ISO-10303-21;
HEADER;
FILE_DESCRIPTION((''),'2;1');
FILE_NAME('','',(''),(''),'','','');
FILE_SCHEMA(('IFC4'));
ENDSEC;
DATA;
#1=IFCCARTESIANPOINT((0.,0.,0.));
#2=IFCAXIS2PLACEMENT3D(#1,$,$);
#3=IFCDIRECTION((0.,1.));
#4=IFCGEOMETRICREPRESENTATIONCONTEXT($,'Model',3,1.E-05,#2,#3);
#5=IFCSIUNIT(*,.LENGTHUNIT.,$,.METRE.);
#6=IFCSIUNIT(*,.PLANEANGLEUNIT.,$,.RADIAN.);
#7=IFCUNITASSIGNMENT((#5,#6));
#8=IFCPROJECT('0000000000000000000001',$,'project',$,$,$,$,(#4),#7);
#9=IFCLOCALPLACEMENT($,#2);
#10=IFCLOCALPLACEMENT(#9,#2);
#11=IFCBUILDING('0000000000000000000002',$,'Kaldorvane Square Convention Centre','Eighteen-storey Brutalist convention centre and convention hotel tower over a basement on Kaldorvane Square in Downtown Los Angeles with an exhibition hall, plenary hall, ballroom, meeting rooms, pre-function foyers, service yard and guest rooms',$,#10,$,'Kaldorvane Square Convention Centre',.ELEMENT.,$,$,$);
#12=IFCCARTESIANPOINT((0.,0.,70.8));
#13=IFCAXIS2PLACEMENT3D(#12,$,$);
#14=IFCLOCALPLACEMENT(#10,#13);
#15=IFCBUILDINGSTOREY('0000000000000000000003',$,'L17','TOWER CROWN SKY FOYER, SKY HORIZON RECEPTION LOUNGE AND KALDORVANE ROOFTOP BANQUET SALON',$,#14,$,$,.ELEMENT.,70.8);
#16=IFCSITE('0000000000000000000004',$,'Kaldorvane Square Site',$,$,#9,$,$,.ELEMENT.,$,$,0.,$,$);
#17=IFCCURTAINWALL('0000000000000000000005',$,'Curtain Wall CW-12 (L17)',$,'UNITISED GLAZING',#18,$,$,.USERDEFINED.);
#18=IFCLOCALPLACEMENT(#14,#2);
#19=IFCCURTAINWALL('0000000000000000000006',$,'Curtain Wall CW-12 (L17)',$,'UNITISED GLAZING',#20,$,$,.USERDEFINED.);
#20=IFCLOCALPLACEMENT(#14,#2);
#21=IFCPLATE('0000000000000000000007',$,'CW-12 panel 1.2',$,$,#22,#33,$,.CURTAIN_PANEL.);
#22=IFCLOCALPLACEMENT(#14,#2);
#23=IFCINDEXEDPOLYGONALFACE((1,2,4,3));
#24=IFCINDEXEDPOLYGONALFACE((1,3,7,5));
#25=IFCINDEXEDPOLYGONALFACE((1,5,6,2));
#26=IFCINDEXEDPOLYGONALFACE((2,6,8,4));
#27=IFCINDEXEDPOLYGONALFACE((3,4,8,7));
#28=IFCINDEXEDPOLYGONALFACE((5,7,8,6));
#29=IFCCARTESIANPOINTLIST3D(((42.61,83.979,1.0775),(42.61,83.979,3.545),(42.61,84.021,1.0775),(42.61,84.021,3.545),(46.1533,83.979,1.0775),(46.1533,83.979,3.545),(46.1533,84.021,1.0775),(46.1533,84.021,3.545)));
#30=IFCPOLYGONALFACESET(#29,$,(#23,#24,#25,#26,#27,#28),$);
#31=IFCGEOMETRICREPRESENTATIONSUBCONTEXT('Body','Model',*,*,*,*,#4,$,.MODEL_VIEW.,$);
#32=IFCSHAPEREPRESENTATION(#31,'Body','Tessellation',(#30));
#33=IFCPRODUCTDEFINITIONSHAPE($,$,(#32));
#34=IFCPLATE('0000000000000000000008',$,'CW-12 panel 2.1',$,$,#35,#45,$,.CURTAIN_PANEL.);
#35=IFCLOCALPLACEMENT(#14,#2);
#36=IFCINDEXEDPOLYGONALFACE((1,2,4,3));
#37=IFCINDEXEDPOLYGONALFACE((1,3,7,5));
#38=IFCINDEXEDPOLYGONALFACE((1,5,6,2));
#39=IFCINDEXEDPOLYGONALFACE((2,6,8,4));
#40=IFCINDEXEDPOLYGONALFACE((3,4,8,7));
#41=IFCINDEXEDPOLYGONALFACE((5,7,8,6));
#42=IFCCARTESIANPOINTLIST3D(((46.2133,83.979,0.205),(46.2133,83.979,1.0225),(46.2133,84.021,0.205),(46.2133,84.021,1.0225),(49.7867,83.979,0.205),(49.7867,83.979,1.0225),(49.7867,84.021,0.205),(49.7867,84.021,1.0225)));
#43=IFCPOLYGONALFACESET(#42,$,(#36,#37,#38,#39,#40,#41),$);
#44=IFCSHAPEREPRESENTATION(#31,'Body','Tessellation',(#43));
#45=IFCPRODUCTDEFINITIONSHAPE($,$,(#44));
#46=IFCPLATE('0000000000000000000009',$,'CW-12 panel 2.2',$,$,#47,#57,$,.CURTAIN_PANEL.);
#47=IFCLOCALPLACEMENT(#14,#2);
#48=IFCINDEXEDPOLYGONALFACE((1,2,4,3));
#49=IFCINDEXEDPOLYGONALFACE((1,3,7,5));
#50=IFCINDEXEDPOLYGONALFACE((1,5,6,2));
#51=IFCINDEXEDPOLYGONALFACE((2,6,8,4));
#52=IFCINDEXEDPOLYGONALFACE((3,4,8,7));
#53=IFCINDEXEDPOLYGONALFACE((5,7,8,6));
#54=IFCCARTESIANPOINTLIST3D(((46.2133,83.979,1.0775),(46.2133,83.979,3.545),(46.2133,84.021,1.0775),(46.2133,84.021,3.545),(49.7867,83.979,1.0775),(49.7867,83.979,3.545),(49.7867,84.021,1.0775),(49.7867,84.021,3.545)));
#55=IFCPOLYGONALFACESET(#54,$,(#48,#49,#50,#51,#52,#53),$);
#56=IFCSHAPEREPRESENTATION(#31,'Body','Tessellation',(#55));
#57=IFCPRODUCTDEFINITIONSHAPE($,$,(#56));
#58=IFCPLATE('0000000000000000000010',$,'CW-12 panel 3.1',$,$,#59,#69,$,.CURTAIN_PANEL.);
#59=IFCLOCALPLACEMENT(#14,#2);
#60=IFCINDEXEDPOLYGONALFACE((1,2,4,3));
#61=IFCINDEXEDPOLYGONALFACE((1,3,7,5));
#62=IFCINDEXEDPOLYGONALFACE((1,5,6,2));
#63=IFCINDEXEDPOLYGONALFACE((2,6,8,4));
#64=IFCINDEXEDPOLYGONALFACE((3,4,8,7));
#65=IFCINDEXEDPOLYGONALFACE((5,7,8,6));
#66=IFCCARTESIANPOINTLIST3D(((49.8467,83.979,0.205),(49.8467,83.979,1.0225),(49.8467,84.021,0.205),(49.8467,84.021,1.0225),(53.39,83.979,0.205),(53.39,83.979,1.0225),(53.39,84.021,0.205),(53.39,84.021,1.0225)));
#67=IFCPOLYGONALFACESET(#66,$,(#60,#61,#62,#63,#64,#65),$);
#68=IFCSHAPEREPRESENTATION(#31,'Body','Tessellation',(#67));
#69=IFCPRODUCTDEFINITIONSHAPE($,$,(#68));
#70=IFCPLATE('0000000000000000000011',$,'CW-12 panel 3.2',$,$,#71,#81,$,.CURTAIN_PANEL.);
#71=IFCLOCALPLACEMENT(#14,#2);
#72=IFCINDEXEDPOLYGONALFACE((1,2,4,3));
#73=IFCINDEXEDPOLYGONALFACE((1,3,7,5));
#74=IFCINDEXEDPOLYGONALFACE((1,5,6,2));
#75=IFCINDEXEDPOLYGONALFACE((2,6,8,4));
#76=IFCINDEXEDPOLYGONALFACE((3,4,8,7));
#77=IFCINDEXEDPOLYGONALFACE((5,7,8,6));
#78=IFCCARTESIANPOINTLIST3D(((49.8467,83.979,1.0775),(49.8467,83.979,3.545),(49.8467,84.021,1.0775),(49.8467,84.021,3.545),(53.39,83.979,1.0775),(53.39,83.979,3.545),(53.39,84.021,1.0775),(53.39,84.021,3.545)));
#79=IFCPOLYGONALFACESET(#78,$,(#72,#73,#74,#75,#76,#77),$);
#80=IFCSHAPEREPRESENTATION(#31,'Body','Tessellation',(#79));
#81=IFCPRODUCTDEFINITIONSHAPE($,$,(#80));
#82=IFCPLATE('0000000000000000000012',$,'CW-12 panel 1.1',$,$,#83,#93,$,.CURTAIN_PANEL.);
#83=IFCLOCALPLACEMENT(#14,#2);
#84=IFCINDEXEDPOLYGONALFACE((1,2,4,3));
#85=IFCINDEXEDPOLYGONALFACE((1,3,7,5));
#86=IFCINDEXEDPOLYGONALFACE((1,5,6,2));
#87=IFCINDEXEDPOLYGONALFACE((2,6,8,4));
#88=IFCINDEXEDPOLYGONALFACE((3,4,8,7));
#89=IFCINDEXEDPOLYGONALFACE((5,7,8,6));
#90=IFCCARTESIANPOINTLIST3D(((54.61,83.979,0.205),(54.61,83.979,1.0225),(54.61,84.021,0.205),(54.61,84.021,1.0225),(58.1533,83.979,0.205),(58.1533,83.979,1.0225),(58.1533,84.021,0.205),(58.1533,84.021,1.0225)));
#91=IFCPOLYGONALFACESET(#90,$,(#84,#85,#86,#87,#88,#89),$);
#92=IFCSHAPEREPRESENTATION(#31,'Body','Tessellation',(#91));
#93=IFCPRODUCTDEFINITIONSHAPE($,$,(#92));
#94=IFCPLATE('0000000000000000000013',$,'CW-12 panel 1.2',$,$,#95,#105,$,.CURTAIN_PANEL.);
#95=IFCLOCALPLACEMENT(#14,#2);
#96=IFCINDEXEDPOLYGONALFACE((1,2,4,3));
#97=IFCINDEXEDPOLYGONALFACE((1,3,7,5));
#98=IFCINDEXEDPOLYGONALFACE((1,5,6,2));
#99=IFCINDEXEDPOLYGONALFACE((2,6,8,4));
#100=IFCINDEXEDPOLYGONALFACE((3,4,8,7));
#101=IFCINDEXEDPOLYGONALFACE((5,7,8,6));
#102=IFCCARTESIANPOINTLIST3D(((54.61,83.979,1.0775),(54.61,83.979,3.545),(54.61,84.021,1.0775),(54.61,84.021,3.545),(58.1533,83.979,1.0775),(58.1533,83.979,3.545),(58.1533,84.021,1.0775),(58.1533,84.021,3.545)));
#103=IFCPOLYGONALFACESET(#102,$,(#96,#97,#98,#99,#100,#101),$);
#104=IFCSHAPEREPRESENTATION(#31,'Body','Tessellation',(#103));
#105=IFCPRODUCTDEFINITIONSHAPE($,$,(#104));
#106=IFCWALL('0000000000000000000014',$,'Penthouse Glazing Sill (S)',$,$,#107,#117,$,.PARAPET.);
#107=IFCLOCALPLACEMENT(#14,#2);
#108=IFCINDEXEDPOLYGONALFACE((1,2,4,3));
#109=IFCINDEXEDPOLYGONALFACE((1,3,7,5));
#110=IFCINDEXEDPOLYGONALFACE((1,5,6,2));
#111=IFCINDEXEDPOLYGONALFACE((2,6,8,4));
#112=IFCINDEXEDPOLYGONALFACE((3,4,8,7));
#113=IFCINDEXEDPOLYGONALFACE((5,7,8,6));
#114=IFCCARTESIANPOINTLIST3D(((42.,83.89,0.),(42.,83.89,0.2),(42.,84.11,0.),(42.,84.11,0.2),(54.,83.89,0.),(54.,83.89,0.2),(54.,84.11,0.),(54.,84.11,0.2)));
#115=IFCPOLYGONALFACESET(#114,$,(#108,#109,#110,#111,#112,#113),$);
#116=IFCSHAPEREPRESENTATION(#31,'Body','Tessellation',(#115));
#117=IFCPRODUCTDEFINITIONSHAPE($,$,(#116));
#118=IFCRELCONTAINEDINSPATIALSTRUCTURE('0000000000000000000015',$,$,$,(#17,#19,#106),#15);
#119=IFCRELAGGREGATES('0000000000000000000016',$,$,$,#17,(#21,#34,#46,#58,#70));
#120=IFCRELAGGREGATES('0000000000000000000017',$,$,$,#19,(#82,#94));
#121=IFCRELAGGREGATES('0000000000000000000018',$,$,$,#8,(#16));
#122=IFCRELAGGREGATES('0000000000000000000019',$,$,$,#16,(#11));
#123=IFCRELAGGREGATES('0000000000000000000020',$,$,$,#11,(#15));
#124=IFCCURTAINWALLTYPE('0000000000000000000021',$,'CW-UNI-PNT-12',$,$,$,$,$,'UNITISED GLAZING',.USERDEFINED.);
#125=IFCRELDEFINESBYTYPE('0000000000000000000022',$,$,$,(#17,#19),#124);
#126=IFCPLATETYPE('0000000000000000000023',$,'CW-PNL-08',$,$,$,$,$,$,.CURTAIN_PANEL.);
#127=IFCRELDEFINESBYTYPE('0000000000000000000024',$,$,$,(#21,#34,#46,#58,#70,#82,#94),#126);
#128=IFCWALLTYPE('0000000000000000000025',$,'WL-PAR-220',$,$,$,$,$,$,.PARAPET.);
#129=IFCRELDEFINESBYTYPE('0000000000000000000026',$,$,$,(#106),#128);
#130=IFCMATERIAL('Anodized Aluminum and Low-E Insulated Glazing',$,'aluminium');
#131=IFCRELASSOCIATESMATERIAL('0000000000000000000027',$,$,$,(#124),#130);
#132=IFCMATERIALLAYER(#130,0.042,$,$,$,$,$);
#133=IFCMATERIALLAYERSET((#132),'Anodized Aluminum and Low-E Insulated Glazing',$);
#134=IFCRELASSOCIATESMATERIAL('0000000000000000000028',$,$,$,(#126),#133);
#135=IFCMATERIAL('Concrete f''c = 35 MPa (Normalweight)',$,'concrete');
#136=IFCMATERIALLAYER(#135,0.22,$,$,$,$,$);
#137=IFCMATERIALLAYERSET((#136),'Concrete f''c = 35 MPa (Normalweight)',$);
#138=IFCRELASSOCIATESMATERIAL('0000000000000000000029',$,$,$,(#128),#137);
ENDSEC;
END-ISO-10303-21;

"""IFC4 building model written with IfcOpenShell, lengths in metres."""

from ifc_helpers import new_model, si_unit, direction, frame, frame_2d, origin, origin_2d, place, context, subcontext, project, spatial, rectangle, extrude, material, layer, layer_set, type_object, element, aggregate, save


model = new_model("IFC4")

# Units and contexts
model_context = context("Model", 3, precision=1e-05, world=origin(), true_north=direction((0.0, 1.0)))
body_context = subcontext(model_context, "Body", "Model", "MODEL_VIEW")
ifc_project = project(units=[si_unit("LENGTHUNIT", "METRE"), si_unit("PLANEANGLEUNIT", "RADIAN")], contexts=[model_context])

# Site, building, storey
site_placement = place(None, origin())
site = spatial("IfcSite", under=ifc_project, at=site_placement, Name="Kaldorvane Square Site", CompositionType="ELEMENT", RefElevation=0.0)
building_placement = place(site_placement, origin())
building = spatial("IfcBuilding", under=site, at=building_placement, Name="Kaldorvane Square Convention Centre", Description="Eighteen-storey Brutalist convention centre and convention hotel tower over a basement on Kaldorvane Square in Downtown Los Angeles with an exhibition hall, plenary hall, ballroom, meeting rooms, pre-function foyers, service yard and guest rooms", LongName="Kaldorvane Square Convention Centre", CompositionType="ELEMENT")
storey_placement = place(building_placement, frame((0.0, 0.0, 70.8)))
storey = spatial("IfcBuildingStorey", under=building, at=storey_placement, Name="L17", Description="TOWER CROWN SKY FOYER, SKY HORIZON RECEPTION LOUNGE AND KALDORVANE ROOFTOP BANQUET SALON", CompositionType="ELEMENT", Elevation=70.8)

# Curtain walls
ifc_material_1 = material(Name="Anodized Aluminum and Low-E Insulated Glazing", Category="aluminium")
curtain_wall_type = type_object("IfcCurtainWallType", Name="CW-UNI-PNT-12", ElementType="UNITISED GLAZING", PredefinedType="USERDEFINED", material=ifc_material_1)
curtain_wall_1_placement = place(storey_placement, origin())
curtain_wall_1 = element("IfcCurtainWall", 1, at=curtain_wall_1_placement, inside=storey, type_object=curtain_wall_type, Name="Curtain Wall CW-12 (L17)", ObjectType="UNITISED GLAZING", PredefinedType="USERDEFINED")
curtain_wall_2_placement = place(storey_placement, origin())
curtain_wall_2 = element("IfcCurtainWall", 2, at=curtain_wall_2_placement, inside=storey, type_object=curtain_wall_type, Name="Curtain Wall CW-12 (L17)", ObjectType="UNITISED GLAZING", PredefinedType="USERDEFINED")

# Plates
ifc_layer_1 = layer(ifc_material_1, 0.042)
ifc_layer_set_1 = layer_set([ifc_layer_1], Name="Anodized Aluminum and Low-E Insulated Glazing")
plate_type = type_object("IfcPlateType", Name="CW-PNL-08", PredefinedType="CURTAIN_PANEL", material=ifc_layer_set_1)
plate_1_placement = place(storey_placement, frame((44.3817, 84.0, 1.0775), z_axis=(0.0, 0.0, 1.0), x_axis=(1.0, 0.0, 0.0)))
plate_1 = element("IfcPlate", 3, at=plate_1_placement, type_object=plate_type, Name="CW-12 panel 1.2", PredefinedType="CURTAIN_PANEL", context=body_context, shape_type="SweptSolid", body=[
    extrude(rectangle(XDim=3.5433, YDim=0.042, at=origin_2d()), origin(), (0.0, 0.0, 1.0), 2.4675),
])
plate_2_placement = place(storey_placement, frame((48.0, 84.0, 0.205), z_axis=(0.0, 0.0, 1.0), x_axis=(1.0, 0.0, 0.0)))
plate_2 = element("IfcPlate", 4, at=plate_2_placement, type_object=plate_type, Name="CW-12 panel 2.1", PredefinedType="CURTAIN_PANEL", context=body_context, shape_type="SweptSolid", body=[
    extrude(rectangle(XDim=3.5733, YDim=0.042, at=origin_2d()), origin(), (0.0, 0.0, 1.0), 0.8175),
])
plate_3_placement = place(storey_placement, frame((48.0, 84.0, 1.0775), z_axis=(0.0, 0.0, 1.0), x_axis=(1.0, 0.0, 0.0)))
plate_3 = element("IfcPlate", 5, at=plate_3_placement, type_object=plate_type, Name="CW-12 panel 2.2", PredefinedType="CURTAIN_PANEL", context=body_context, shape_type="SweptSolid", body=[
    extrude(rectangle(XDim=3.5733, YDim=0.042, at=origin_2d()), origin(), (0.0, 0.0, 1.0), 2.4675),
])
plate_4_placement = place(storey_placement, frame((51.6183, 84.0, 0.205), z_axis=(0.0, 0.0, 1.0), x_axis=(1.0, 0.0, 0.0)))
plate_4 = element("IfcPlate", 6, at=plate_4_placement, type_object=plate_type, Name="CW-12 panel 3.1", PredefinedType="CURTAIN_PANEL", context=body_context, shape_type="SweptSolid", body=[
    extrude(rectangle(XDim=3.5433, YDim=0.042, at=origin_2d()), origin(), (0.0, 0.0, 1.0), 0.8175),
])
plate_5_placement = place(storey_placement, frame((51.6183, 84.0, 1.0775), z_axis=(0.0, 0.0, 1.0), x_axis=(1.0, 0.0, 0.0)))
plate_5 = element("IfcPlate", 7, at=plate_5_placement, type_object=plate_type, Name="CW-12 panel 3.2", PredefinedType="CURTAIN_PANEL", context=body_context, shape_type="SweptSolid", body=[
    extrude(rectangle(XDim=3.5433, YDim=0.042, at=origin_2d()), origin(), (0.0, 0.0, 1.0), 2.4675),
])
aggregate(curtain_wall_1, [plate_1, plate_2, plate_3, plate_4, plate_5])
plate_6_placement = place(storey_placement, frame((56.3817, 84.0, 0.205), z_axis=(0.0, 0.0, 1.0), x_axis=(1.0, 0.0, 0.0)))
plate_6 = element("IfcPlate", 8, at=plate_6_placement, type_object=plate_type, Name="CW-12 panel 1.1", PredefinedType="CURTAIN_PANEL", context=body_context, shape_type="SweptSolid", body=[
    extrude(rectangle(XDim=3.5433, YDim=0.042, at=origin_2d()), origin(), (0.0, 0.0, 1.0), 0.8175),
])
plate_7_placement = place(storey_placement, frame((56.3817, 84.0, 1.0775), z_axis=(0.0, 0.0, 1.0), x_axis=(1.0, 0.0, 0.0)))
plate_7 = element("IfcPlate", 9, at=plate_7_placement, type_object=plate_type, Name="CW-12 panel 1.2", PredefinedType="CURTAIN_PANEL", context=body_context, shape_type="SweptSolid", body=[
    extrude(rectangle(XDim=3.5433, YDim=0.042, at=origin_2d()), origin(), (0.0, 0.0, 1.0), 2.4675),
])
aggregate(curtain_wall_2, [plate_6, plate_7])

# Wall
ifc_material_2 = material(Name="Concrete f'c = 35 MPa (Normalweight)", Category="concrete")
ifc_layer_2 = layer(ifc_material_2, 0.22)
ifc_layer_set_2 = layer_set([ifc_layer_2], Name="Concrete f'c = 35 MPa (Normalweight)")
wall_type = type_object("IfcWallType", Name="WL-PAR-220", PredefinedType="PARAPET", material=ifc_layer_set_2)
wall_placement = place(storey_placement, frame((42.0, 84.0, 0.0), z_axis=(0.0, 0.0, 1.0), x_axis=(1.0, 0.0, 0.0)))
element("IfcWall", 10, at=wall_placement, inside=storey, type_object=wall_type, Name="Penthouse Glazing Sill (S)", PredefinedType="PARAPET", context=body_context, shape_type="SweptSolid", body=[
    extrude(rectangle(XDim=12.0, YDim=0.22, at=frame_2d((6.0, 0.0))), origin(), (0.0, 0.0, 1.0), 0.2),
])

save(model, "model.ifc")
